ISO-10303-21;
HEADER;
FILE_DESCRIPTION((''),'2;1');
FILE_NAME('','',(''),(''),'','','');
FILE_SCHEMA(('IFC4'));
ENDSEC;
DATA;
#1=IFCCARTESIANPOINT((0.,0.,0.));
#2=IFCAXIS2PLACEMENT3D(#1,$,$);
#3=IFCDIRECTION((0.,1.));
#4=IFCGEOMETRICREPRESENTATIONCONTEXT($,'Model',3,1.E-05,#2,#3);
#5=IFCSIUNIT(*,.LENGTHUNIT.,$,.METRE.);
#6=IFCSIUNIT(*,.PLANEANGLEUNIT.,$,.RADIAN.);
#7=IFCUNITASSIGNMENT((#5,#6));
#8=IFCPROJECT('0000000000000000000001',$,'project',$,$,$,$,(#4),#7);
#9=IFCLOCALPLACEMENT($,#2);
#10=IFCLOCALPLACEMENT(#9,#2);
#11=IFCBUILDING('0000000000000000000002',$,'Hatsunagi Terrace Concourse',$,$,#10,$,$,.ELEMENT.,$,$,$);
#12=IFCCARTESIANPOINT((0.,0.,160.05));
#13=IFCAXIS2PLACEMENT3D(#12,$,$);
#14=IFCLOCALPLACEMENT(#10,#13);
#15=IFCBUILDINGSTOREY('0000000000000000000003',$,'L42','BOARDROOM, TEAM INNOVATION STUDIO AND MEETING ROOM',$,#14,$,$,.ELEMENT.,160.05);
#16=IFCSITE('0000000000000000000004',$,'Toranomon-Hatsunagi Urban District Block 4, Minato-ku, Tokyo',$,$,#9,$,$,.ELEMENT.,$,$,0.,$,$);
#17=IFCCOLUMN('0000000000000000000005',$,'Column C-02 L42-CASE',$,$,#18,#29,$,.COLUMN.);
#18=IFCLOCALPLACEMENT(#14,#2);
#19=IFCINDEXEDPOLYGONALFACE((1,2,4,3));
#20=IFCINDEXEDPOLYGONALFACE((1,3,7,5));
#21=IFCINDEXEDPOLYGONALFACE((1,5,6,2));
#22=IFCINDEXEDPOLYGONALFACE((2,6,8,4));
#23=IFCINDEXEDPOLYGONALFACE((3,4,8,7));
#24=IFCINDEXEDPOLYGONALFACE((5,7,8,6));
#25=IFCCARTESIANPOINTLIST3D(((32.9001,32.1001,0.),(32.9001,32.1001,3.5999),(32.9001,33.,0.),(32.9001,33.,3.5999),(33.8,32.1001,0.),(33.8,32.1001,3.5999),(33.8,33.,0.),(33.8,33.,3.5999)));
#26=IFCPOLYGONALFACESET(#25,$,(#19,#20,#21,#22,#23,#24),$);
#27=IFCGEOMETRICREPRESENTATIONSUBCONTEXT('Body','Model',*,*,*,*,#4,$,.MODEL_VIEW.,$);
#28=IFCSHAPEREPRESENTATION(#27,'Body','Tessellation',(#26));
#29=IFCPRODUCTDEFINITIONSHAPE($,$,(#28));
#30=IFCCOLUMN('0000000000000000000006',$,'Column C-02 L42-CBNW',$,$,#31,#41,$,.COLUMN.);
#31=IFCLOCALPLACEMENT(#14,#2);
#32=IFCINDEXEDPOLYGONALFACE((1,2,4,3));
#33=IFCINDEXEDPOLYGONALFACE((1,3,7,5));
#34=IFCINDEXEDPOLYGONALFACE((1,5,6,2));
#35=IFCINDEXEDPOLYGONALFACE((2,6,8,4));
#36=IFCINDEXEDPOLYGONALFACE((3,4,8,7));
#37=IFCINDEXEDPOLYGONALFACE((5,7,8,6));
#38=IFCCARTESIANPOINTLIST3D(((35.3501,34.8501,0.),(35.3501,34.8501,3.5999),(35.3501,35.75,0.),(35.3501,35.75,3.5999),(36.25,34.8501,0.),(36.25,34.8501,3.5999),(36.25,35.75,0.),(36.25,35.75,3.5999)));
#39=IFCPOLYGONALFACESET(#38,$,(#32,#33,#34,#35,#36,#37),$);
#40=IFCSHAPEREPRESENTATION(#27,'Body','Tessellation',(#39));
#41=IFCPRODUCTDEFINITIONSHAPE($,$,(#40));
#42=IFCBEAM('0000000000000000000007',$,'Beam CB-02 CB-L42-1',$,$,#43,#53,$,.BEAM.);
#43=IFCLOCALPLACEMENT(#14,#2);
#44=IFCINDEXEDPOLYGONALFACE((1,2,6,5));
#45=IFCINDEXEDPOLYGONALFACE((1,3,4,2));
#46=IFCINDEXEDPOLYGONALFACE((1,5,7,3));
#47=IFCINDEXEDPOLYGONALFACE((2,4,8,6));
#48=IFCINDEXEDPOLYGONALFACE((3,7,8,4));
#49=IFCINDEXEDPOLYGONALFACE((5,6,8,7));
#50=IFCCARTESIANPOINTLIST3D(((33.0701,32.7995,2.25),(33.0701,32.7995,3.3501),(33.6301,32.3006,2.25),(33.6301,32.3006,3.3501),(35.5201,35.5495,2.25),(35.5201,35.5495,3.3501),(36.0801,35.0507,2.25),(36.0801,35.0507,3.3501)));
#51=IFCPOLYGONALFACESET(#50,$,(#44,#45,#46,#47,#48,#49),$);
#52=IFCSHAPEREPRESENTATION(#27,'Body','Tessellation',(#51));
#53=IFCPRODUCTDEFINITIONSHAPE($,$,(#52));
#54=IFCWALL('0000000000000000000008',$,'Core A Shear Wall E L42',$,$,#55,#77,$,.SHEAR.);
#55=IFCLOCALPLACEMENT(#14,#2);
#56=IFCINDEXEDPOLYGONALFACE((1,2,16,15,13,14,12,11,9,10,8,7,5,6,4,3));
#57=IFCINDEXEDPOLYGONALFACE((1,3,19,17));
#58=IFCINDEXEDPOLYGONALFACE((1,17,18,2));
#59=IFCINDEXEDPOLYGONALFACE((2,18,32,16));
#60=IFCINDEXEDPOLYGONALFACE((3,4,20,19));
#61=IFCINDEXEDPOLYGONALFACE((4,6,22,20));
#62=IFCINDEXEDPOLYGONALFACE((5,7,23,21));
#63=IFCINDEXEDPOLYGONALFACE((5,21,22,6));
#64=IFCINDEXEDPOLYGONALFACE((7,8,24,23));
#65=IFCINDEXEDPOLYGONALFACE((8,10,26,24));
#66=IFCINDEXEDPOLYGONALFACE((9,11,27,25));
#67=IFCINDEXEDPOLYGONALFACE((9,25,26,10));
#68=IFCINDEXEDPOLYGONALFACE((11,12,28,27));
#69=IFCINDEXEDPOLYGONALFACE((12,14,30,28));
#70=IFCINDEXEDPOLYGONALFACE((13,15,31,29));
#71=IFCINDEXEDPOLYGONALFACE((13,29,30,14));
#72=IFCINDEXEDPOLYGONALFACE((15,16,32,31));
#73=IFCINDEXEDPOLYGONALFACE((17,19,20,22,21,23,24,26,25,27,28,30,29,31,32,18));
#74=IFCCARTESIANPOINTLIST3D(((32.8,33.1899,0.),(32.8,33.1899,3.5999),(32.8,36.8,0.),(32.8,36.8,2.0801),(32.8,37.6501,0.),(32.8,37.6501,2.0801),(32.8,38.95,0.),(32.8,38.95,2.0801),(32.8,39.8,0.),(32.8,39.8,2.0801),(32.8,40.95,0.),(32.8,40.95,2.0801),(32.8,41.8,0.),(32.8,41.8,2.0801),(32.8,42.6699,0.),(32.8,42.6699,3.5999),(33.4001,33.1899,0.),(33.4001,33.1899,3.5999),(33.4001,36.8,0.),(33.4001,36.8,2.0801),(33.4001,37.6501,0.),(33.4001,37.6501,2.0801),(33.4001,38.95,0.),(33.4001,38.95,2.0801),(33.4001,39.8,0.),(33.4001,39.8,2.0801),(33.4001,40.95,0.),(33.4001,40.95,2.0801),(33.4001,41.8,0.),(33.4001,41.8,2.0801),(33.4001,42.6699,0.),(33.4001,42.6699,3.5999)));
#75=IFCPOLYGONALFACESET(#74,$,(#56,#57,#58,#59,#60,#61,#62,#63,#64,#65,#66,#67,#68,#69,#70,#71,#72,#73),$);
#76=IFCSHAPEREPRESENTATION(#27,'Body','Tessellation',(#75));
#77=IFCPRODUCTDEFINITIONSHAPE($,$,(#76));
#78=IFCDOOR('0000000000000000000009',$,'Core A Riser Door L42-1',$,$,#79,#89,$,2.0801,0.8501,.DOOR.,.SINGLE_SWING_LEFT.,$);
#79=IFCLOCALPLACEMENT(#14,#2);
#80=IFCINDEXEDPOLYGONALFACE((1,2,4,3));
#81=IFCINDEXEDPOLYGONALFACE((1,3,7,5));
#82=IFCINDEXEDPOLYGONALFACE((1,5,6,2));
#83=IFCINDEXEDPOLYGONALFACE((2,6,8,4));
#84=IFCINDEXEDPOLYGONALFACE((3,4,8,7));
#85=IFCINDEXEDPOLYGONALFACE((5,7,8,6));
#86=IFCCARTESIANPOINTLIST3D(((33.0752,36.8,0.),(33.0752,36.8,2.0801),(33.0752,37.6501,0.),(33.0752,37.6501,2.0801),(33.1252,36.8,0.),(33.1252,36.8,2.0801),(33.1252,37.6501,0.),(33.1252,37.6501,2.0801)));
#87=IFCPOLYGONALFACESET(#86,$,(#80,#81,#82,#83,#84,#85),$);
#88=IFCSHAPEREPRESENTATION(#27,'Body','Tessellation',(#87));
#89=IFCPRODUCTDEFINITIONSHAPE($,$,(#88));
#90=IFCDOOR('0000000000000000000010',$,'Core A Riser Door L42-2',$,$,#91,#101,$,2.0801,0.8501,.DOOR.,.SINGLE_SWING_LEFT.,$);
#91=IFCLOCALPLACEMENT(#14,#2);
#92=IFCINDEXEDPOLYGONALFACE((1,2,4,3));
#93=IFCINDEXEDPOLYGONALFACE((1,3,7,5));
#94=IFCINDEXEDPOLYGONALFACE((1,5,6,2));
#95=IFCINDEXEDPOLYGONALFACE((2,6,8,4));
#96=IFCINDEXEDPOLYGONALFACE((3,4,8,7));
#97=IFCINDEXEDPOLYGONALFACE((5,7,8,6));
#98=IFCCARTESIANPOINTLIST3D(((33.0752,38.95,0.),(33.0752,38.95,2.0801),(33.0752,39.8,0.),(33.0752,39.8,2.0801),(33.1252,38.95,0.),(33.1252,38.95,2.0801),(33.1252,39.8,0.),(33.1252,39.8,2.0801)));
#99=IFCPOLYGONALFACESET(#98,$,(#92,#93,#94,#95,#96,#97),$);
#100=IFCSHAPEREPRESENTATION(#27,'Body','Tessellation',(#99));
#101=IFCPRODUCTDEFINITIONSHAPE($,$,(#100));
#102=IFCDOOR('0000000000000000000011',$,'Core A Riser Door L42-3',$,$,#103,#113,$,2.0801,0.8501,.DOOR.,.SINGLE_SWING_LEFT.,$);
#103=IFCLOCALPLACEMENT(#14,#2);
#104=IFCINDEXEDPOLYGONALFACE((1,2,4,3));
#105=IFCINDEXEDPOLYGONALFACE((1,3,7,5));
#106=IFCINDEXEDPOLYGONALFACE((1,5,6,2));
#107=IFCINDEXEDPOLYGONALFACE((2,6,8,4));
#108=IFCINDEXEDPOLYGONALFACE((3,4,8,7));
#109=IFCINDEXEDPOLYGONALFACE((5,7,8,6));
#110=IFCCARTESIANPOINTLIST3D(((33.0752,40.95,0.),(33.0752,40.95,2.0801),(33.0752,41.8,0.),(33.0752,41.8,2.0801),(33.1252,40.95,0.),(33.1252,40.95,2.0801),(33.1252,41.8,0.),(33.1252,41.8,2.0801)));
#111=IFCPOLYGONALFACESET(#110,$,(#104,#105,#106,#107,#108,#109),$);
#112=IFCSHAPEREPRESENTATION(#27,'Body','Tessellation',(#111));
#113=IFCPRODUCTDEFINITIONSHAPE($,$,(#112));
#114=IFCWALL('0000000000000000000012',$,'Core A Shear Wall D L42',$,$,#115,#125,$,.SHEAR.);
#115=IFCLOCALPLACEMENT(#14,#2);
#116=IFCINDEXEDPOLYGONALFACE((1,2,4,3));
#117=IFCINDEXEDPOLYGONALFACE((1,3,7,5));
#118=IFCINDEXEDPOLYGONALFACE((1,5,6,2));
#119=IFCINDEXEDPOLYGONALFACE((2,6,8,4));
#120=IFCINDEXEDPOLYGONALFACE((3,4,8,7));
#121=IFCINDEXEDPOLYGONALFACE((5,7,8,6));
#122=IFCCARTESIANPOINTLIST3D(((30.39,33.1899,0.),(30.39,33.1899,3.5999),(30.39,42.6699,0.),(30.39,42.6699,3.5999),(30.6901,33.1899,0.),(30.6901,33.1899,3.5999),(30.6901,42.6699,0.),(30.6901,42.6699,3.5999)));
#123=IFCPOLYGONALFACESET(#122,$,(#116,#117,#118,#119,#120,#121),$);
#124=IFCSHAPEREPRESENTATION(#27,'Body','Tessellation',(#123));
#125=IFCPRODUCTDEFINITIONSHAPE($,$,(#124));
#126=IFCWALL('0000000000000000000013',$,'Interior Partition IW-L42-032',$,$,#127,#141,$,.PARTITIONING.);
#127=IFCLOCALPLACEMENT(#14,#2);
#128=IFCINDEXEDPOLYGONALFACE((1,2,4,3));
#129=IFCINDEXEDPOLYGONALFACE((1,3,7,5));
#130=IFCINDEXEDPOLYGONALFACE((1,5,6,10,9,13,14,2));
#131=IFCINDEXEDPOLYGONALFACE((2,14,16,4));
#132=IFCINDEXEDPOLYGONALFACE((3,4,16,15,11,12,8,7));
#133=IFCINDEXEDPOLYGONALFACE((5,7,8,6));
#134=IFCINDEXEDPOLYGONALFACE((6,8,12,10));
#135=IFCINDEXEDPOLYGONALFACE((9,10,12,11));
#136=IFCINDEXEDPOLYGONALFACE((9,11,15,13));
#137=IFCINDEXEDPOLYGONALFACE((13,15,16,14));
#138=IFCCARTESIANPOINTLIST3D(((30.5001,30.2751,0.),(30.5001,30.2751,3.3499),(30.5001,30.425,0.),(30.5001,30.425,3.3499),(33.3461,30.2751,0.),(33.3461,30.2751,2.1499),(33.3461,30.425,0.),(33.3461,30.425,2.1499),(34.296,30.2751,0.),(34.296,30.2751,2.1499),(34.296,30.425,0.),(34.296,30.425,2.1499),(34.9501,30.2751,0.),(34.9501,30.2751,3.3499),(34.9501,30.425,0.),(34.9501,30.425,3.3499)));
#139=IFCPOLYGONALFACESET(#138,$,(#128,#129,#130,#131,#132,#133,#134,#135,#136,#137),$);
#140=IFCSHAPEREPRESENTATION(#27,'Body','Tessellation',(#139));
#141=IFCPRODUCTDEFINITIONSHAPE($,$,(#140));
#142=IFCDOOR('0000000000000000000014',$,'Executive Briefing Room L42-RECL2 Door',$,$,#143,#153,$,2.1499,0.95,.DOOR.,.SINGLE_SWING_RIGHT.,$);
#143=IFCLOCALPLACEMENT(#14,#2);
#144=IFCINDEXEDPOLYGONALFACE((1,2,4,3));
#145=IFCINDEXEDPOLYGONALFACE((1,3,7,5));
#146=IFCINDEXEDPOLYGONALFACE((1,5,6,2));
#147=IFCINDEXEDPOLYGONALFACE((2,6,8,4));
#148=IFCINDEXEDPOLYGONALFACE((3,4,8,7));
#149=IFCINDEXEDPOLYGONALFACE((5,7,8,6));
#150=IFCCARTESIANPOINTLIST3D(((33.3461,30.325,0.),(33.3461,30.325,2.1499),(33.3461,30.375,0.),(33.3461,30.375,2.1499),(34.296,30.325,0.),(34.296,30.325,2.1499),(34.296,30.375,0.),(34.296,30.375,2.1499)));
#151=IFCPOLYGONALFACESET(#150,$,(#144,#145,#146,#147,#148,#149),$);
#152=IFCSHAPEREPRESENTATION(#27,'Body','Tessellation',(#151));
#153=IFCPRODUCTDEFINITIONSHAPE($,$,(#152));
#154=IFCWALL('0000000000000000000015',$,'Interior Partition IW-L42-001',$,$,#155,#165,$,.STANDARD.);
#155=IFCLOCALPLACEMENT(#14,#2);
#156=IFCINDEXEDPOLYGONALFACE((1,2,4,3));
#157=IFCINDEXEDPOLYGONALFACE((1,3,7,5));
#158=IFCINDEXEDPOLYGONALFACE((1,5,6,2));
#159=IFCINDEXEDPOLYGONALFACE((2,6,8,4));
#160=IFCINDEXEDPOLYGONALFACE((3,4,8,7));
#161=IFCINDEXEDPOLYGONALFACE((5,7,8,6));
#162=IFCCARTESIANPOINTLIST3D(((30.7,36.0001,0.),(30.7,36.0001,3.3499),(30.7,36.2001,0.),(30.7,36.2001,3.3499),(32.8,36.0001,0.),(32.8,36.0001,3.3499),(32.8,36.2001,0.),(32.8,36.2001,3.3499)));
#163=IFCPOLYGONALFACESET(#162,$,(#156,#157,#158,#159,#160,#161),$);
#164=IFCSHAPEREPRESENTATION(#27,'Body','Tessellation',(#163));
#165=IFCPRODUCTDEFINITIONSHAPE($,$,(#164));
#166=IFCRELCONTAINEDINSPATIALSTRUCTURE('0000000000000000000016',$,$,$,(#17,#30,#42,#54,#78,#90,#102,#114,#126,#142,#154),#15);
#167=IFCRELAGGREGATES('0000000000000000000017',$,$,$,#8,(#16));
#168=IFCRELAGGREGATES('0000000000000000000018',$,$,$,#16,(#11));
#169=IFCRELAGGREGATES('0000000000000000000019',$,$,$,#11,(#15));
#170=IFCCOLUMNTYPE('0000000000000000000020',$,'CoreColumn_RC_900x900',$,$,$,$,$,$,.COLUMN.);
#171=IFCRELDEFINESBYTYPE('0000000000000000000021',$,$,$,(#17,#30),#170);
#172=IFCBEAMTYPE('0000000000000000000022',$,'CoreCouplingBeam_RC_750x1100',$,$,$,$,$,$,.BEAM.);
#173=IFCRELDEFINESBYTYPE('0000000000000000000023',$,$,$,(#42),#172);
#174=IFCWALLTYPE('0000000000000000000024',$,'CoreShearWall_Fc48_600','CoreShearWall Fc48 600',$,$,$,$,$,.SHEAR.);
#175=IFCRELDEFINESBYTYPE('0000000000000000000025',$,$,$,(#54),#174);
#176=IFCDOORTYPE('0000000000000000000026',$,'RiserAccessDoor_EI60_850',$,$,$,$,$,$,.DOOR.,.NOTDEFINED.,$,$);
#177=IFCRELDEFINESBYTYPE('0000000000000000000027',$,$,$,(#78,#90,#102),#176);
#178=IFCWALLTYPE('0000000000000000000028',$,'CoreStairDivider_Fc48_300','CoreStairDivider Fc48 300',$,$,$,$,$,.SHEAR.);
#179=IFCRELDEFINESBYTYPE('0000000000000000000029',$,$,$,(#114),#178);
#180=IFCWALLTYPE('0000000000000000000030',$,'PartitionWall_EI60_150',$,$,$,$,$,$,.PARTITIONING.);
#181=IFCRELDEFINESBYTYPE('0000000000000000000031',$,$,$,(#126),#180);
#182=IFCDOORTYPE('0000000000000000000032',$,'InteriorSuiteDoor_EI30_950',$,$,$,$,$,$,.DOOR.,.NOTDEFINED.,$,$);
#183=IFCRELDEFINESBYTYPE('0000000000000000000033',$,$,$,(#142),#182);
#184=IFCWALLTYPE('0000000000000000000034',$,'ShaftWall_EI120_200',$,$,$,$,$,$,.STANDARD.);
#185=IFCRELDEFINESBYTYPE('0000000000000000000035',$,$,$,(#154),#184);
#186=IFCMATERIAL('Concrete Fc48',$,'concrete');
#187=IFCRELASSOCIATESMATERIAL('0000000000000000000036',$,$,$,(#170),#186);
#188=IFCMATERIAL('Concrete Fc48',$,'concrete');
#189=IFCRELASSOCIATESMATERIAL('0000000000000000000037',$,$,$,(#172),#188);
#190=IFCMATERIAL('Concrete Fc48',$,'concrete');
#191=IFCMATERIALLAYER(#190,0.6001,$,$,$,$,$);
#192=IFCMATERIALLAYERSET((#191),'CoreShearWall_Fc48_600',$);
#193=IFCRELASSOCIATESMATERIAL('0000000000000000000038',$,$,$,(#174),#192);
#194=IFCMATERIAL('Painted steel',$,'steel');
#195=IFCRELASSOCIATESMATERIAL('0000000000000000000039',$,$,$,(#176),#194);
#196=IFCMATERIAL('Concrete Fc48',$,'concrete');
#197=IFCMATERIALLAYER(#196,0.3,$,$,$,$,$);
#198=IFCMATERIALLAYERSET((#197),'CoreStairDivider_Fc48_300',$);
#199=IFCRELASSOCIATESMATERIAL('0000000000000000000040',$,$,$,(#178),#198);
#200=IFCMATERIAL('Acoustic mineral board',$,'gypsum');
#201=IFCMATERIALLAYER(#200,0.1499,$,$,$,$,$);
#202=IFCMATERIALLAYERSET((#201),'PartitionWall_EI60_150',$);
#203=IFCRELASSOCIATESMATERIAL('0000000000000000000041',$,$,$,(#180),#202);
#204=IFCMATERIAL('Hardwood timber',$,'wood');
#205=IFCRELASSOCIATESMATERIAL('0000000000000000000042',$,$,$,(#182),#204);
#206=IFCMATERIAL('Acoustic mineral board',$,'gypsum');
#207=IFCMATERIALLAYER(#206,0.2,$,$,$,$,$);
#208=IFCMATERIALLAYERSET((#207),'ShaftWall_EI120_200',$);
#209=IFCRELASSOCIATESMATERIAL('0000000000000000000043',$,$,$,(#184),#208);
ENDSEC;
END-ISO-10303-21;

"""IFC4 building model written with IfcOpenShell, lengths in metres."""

from ifc_helpers import new_model, si_unit, direction, frame, frame_2d, origin, origin_2d, place, context, subcontext, project, spatial, rectangle, extrude, material, layer, layer_set, material_profile, profile_set, type_object, element, fill, save


model = new_model("IFC4")

# Units and contexts
model_context = context("Model", 3, precision=1e-05, world=origin(), true_north=direction((0.0, 1.0)))
body_context = subcontext(model_context, "Body", "Model", "MODEL_VIEW")
ifc_project = project(units=[si_unit("LENGTHUNIT", "METRE"), si_unit("PLANEANGLEUNIT", "RADIAN")], contexts=[model_context])

# Site, building, storey
site_placement = place(None, origin())
site = spatial("IfcSite", under=ifc_project, at=site_placement, Name="Toranomon-Hatsunagi Urban District Block 4, Minato-ku, Tokyo", CompositionType="ELEMENT", RefElevation=0.0)
building_placement = place(site_placement, origin())
building = spatial("IfcBuilding", under=site, at=building_placement, Name="Hatsunagi Terrace Concourse", CompositionType="ELEMENT")
storey_placement = place(building_placement, frame((0.0, 0.0, 160.05)))
storey = spatial("IfcBuildingStorey", under=building, at=storey_placement, Name="L42", Description="BOARDROOM, TEAM INNOVATION STUDIO AND MEETING ROOM", CompositionType="ELEMENT", Elevation=160.05)

# Columns
ifc_material_1 = material(Name="Concrete Fc48", Category="concrete")
ifc_material_profile_1 = material_profile(ifc_material_1, rectangle(XDim=0.8999, YDim=0.8999, at=origin_2d()), Name="RC-900x900")
ifc_profile_set_1 = profile_set([ifc_material_profile_1], Name="Concrete Fc48")
column_type = type_object("IfcColumnType", Name="CoreColumn_RC_900x900", PredefinedType="COLUMN", material=ifc_profile_set_1)
for number, where, z_axis, x_axis, name in (
    (1, (33.3501, 32.55, 0.0), (0.0, 0.0, 1.0), (1.0, 0.0, 0.0), "Column C-02 L42-CASE"),
    (2, (35.8, 35.3, 0.0), (0.0, 0.0, 1.0), (1.0, 0.0, 0.0), "Column C-02 L42-CBNW"),
):
    element("IfcColumn", number, at=place(storey_placement, frame(where, z_axis=z_axis, x_axis=x_axis)), inside=storey, type_object=column_type, Name=name, PredefinedType="COLUMN", context=body_context, shape_type="SweptSolid", body=[
        extrude(rectangle(XDim=0.8999, YDim=0.8999, at=origin_2d()), origin(), (0.0, 0.0, 1.0), 3.5999),
    ])

# Beam
ifc_material_2 = material(Name="Concrete Fc48", Category="concrete")
ifc_material_profile_2 = material_profile(ifc_material_2, rectangle(XDim=0.75, YDim=1.1001, at=origin_2d()), Name="RC-750x1100")
ifc_profile_set_2 = profile_set([ifc_material_profile_2], Name="Concrete Fc48")
beam_type = type_object("IfcBeamType", Name="CoreCouplingBeam_RC_750x1100", PredefinedType="BEAM", material=ifc_profile_set_2)
beam_placement = place(storey_placement, frame((33.3501, 32.55, 2.8), z_axis=(0.665199, 0.746666, 0.0), x_axis=(-0.746666, 0.665199, 0.0)))
element("IfcBeam", 3, at=beam_placement, inside=storey, type_object=beam_type, Name="Beam CB-02 CB-L42-1", PredefinedType="BEAM", context=body_context, shape_type="SweptSolid", body=[
    extrude(rectangle(XDim=0.75, YDim=1.1001, at=origin_2d()), origin(), (0.0, 0.0, 1.0), 3.6831),
])

# Wall, openings, doors
ifc_material_3 = material(Name="Concrete Fc48", Category="concrete")
ifc_layer_1 = layer(ifc_material_3, 0.6001)
ifc_layer_set_1 = layer_set([ifc_layer_1], Name="CoreShearWall_Fc48_600")
wall_type_1 = type_object("IfcWallType", Name="CoreShearWall_Fc48_600", Description="CoreShearWall Fc48 600", PredefinedType="SHEAR", material=ifc_layer_set_1)
wall_1_placement = place(storey_placement, frame((33.1001, 33.1899, 0.0), z_axis=(0.0, 0.0, 1.0), x_axis=(0.0, 1.0, 0.0)))
wall_1 = element("IfcWall", 4, at=wall_1_placement, inside=storey, type_object=wall_type_1, Name="Core A Shear Wall E L42", PredefinedType="SHEAR", context=body_context, shape_type="SweptSolid", body=[
    extrude(rectangle(XDim=9.48, YDim=0.6001, at=frame_2d((4.74, 0.0))), origin(), (0.0, 0.0, 1.0), 3.5999),
])
opening_1_placement = place(wall_1_placement, frame((3.6101, 0.0, 0.0)))
opening_1 = element("IfcOpeningElement", 5, at=opening_1_placement, cuts=wall_1, PredefinedType="OPENING", context=body_context, shape_type="SweptSolid", body=[
    extrude(rectangle(XDim=0.8501, YDim=2.0801, at=frame_2d((0.425, 1.04))), frame((0.0, 0.3101, 0.0), z_axis=(0.0, -1.0, 0.0), x_axis=(1.0, 0.0, 0.0)), (0.0, 0.0, 1.0), 0.6201),
])
opening_2_placement = place(wall_1_placement, frame((5.76, 0.0, 0.0)))
opening_2 = element("IfcOpeningElement", 6, at=opening_2_placement, cuts=wall_1, PredefinedType="OPENING", context=body_context, shape_type="SweptSolid", body=[
    extrude(rectangle(XDim=0.8501, YDim=2.0801, at=frame_2d((0.425, 1.04))), frame((0.0, 0.3101, 0.0), z_axis=(0.0, -1.0, 0.0), x_axis=(1.0, 0.0, 0.0)), (0.0, 0.0, 1.0), 0.6201),
])
opening_3_placement = place(wall_1_placement, frame((7.76, 0.0, 0.0)))
opening_3 = element("IfcOpeningElement", 7, at=opening_3_placement, cuts=wall_1, PredefinedType="OPENING", context=body_context, shape_type="SweptSolid", body=[
    extrude(rectangle(XDim=0.8501, YDim=2.0801, at=frame_2d((0.425, 1.04))), frame((0.0, 0.3101, 0.0), z_axis=(0.0, -1.0, 0.0), x_axis=(1.0, 0.0, 0.0)), (0.0, 0.0, 1.0), 0.6201),
])
ifc_material_4 = material(Name="Painted steel", Category="steel")
door_type_1 = type_object("IfcDoorType", Name="RiserAccessDoor_EI60_850", OperationType="NOTDEFINED", PredefinedType="DOOR", material=ifc_material_4)
door_1_placement = place(opening_1_placement, origin())
door_1 = element("IfcDoor", 8, at=door_1_placement, inside=storey, type_object=door_type_1, Name="Core A Riser Door L42-1", OperationType="SINGLE_SWING_LEFT", OverallHeight=2.0801, OverallWidth=0.8501, PredefinedType="DOOR", context=body_context, shape_type="SweptSolid", body=[
    extrude(rectangle(XDim=0.8501, YDim=2.0801, at=frame_2d((0.425, 1.04))), frame((0.0, 0.0249, 0.0), z_axis=(0.0, -1.0, 0.0), x_axis=(1.0, 0.0, 0.0)), (0.0, 0.0, 1.0), 0.05),
])
fill(opening_1, door_1)
door_2_placement = place(opening_2_placement, origin())
door_2 = element("IfcDoor", 9, at=door_2_placement, inside=storey, type_object=door_type_1, Name="Core A Riser Door L42-2", OperationType="SINGLE_SWING_LEFT", OverallHeight=2.0801, OverallWidth=0.8501, PredefinedType="DOOR", context=body_context, shape_type="SweptSolid", body=[
    extrude(rectangle(XDim=0.8501, YDim=2.0801, at=frame_2d((0.425, 1.04))), frame((0.0, 0.0249, 0.0), z_axis=(0.0, -1.0, 0.0), x_axis=(1.0, 0.0, 0.0)), (0.0, 0.0, 1.0), 0.05),
])
fill(opening_2, door_2)
door_3_placement = place(opening_3_placement, origin())
door_3 = element("IfcDoor", 10, at=door_3_placement, inside=storey, type_object=door_type_1, Name="Core A Riser Door L42-3", OperationType="SINGLE_SWING_LEFT", OverallHeight=2.0801, OverallWidth=0.8501, PredefinedType="DOOR", context=body_context, shape_type="SweptSolid", body=[
    extrude(rectangle(XDim=0.8501, YDim=2.0801, at=frame_2d((0.425, 1.04))), frame((0.0, 0.0249, 0.0), z_axis=(0.0, -1.0, 0.0), x_axis=(1.0, 0.0, 0.0)), (0.0, 0.0, 1.0), 0.05),
])
fill(opening_3, door_3)

# Wall
ifc_material_5 = material(Name="Concrete Fc48", Category="concrete")
ifc_layer_2 = layer(ifc_material_5, 0.3)
ifc_layer_set_2 = layer_set([ifc_layer_2], Name="CoreStairDivider_Fc48_300")
wall_type_2 = type_object("IfcWallType", Name="CoreStairDivider_Fc48_300", Description="CoreStairDivider Fc48 300", PredefinedType="SHEAR", material=ifc_layer_set_2)
wall_2_placement = place(storey_placement, frame((30.54, 33.1899, 0.0), z_axis=(0.0, 0.0, 1.0), x_axis=(0.0, 1.0, 0.0)))
element("IfcWall", 11, at=wall_2_placement, inside=storey, type_object=wall_type_2, Name="Core A Shear Wall D L42", PredefinedType="SHEAR", context=body_context, shape_type="SweptSolid", body=[
    extrude(rectangle(XDim=9.48, YDim=0.3, at=frame_2d((4.74, 0.0))), origin(), (0.0, 0.0, 1.0), 3.5999),
])

# Wall, opening, door
ifc_material_6 = material(Name="Acoustic mineral board", Category="gypsum")
ifc_layer_3 = layer(ifc_material_6, 0.1499)
ifc_layer_set_3 = layer_set([ifc_layer_3], Name="PartitionWall_EI60_150")
wall_type_3 = type_object("IfcWallType", Name="PartitionWall_EI60_150", PredefinedType="PARTITIONING", material=ifc_layer_set_3)
wall_3_placement = place(storey_placement, frame((30.5, 30.3501, 0.0), z_axis=(0.0, 0.0, 1.0), x_axis=(1.0, 0.0, 0.0)))
wall_3 = element("IfcWall", 12, at=wall_3_placement, inside=storey, type_object=wall_type_3, Name="Interior Partition IW-L42-032", PredefinedType="PARTITIONING", context=body_context, shape_type="SweptSolid", body=[
    extrude(rectangle(XDim=4.45, YDim=0.1499, at=frame_2d((2.2251, 0.0))), origin(), (0.0, 0.0, 1.0), 3.3499),
])
opening_4_placement = place(wall_3_placement, frame((2.8459, 0.0, 0.0)))
opening_4 = element("IfcOpeningElement", 13, at=opening_4_placement, cuts=wall_3, PredefinedType="OPENING", context=body_context, shape_type="SweptSolid", body=[
    extrude(rectangle(XDim=0.95, YDim=2.1499, at=frame_2d((0.4751, 1.075))), frame((0.0, 0.085, 0.0), z_axis=(0.0, -1.0, 0.0), x_axis=(1.0, 0.0, 0.0)), (0.0, 0.0, 1.0), 0.1699),
])
ifc_material_7 = material(Name="Hardwood timber", Category="wood")
door_type_2 = type_object("IfcDoorType", Name="InteriorSuiteDoor_EI30_950", OperationType="NOTDEFINED", PredefinedType="DOOR", material=ifc_material_7)
door_4_placement = place(opening_4_placement, origin())
door_4 = element("IfcDoor", 14, at=door_4_placement, inside=storey, type_object=door_type_2, Name="Executive Briefing Room L42-RECL2 Door", OperationType="SINGLE_SWING_RIGHT", OverallHeight=2.1499, OverallWidth=0.95, PredefinedType="DOOR", context=body_context, shape_type="SweptSolid", body=[
    extrude(rectangle(XDim=0.95, YDim=2.1499, at=frame_2d((0.4751, 1.075))), frame((0.0, 0.0249, 0.0), z_axis=(0.0, -1.0, 0.0), x_axis=(1.0, 0.0, 0.0)), (0.0, 0.0, 1.0), 0.05),
])
fill(opening_4, door_4)

# Wall
ifc_material_8 = material(Name="Acoustic mineral board", Category="gypsum")
ifc_layer_4 = layer(ifc_material_8, 0.2)
ifc_layer_set_4 = layer_set([ifc_layer_4], Name="ShaftWall_EI120_200")
wall_type_4 = type_object("IfcWallType", Name="ShaftWall_EI120_200", PredefinedType="STANDARD", material=ifc_layer_set_4)
wall_4_placement = place(storey_placement, frame((30.7, 36.1001, 0.0), z_axis=(0.0, 0.0, 1.0), x_axis=(1.0, 0.0, 0.0)))
element("IfcWall", 15, at=wall_4_placement, inside=storey, type_object=wall_type_4, Name="Interior Partition IW-L42-001", PredefinedType="STANDARD", context=body_context, shape_type="SweptSolid", body=[
    extrude(rectangle(XDim=2.1001, YDim=0.2, at=frame_2d((1.05, 0.0))), origin(), (0.0, 0.0, 1.0), 3.3499),
])

save(model, "model.ifc")
